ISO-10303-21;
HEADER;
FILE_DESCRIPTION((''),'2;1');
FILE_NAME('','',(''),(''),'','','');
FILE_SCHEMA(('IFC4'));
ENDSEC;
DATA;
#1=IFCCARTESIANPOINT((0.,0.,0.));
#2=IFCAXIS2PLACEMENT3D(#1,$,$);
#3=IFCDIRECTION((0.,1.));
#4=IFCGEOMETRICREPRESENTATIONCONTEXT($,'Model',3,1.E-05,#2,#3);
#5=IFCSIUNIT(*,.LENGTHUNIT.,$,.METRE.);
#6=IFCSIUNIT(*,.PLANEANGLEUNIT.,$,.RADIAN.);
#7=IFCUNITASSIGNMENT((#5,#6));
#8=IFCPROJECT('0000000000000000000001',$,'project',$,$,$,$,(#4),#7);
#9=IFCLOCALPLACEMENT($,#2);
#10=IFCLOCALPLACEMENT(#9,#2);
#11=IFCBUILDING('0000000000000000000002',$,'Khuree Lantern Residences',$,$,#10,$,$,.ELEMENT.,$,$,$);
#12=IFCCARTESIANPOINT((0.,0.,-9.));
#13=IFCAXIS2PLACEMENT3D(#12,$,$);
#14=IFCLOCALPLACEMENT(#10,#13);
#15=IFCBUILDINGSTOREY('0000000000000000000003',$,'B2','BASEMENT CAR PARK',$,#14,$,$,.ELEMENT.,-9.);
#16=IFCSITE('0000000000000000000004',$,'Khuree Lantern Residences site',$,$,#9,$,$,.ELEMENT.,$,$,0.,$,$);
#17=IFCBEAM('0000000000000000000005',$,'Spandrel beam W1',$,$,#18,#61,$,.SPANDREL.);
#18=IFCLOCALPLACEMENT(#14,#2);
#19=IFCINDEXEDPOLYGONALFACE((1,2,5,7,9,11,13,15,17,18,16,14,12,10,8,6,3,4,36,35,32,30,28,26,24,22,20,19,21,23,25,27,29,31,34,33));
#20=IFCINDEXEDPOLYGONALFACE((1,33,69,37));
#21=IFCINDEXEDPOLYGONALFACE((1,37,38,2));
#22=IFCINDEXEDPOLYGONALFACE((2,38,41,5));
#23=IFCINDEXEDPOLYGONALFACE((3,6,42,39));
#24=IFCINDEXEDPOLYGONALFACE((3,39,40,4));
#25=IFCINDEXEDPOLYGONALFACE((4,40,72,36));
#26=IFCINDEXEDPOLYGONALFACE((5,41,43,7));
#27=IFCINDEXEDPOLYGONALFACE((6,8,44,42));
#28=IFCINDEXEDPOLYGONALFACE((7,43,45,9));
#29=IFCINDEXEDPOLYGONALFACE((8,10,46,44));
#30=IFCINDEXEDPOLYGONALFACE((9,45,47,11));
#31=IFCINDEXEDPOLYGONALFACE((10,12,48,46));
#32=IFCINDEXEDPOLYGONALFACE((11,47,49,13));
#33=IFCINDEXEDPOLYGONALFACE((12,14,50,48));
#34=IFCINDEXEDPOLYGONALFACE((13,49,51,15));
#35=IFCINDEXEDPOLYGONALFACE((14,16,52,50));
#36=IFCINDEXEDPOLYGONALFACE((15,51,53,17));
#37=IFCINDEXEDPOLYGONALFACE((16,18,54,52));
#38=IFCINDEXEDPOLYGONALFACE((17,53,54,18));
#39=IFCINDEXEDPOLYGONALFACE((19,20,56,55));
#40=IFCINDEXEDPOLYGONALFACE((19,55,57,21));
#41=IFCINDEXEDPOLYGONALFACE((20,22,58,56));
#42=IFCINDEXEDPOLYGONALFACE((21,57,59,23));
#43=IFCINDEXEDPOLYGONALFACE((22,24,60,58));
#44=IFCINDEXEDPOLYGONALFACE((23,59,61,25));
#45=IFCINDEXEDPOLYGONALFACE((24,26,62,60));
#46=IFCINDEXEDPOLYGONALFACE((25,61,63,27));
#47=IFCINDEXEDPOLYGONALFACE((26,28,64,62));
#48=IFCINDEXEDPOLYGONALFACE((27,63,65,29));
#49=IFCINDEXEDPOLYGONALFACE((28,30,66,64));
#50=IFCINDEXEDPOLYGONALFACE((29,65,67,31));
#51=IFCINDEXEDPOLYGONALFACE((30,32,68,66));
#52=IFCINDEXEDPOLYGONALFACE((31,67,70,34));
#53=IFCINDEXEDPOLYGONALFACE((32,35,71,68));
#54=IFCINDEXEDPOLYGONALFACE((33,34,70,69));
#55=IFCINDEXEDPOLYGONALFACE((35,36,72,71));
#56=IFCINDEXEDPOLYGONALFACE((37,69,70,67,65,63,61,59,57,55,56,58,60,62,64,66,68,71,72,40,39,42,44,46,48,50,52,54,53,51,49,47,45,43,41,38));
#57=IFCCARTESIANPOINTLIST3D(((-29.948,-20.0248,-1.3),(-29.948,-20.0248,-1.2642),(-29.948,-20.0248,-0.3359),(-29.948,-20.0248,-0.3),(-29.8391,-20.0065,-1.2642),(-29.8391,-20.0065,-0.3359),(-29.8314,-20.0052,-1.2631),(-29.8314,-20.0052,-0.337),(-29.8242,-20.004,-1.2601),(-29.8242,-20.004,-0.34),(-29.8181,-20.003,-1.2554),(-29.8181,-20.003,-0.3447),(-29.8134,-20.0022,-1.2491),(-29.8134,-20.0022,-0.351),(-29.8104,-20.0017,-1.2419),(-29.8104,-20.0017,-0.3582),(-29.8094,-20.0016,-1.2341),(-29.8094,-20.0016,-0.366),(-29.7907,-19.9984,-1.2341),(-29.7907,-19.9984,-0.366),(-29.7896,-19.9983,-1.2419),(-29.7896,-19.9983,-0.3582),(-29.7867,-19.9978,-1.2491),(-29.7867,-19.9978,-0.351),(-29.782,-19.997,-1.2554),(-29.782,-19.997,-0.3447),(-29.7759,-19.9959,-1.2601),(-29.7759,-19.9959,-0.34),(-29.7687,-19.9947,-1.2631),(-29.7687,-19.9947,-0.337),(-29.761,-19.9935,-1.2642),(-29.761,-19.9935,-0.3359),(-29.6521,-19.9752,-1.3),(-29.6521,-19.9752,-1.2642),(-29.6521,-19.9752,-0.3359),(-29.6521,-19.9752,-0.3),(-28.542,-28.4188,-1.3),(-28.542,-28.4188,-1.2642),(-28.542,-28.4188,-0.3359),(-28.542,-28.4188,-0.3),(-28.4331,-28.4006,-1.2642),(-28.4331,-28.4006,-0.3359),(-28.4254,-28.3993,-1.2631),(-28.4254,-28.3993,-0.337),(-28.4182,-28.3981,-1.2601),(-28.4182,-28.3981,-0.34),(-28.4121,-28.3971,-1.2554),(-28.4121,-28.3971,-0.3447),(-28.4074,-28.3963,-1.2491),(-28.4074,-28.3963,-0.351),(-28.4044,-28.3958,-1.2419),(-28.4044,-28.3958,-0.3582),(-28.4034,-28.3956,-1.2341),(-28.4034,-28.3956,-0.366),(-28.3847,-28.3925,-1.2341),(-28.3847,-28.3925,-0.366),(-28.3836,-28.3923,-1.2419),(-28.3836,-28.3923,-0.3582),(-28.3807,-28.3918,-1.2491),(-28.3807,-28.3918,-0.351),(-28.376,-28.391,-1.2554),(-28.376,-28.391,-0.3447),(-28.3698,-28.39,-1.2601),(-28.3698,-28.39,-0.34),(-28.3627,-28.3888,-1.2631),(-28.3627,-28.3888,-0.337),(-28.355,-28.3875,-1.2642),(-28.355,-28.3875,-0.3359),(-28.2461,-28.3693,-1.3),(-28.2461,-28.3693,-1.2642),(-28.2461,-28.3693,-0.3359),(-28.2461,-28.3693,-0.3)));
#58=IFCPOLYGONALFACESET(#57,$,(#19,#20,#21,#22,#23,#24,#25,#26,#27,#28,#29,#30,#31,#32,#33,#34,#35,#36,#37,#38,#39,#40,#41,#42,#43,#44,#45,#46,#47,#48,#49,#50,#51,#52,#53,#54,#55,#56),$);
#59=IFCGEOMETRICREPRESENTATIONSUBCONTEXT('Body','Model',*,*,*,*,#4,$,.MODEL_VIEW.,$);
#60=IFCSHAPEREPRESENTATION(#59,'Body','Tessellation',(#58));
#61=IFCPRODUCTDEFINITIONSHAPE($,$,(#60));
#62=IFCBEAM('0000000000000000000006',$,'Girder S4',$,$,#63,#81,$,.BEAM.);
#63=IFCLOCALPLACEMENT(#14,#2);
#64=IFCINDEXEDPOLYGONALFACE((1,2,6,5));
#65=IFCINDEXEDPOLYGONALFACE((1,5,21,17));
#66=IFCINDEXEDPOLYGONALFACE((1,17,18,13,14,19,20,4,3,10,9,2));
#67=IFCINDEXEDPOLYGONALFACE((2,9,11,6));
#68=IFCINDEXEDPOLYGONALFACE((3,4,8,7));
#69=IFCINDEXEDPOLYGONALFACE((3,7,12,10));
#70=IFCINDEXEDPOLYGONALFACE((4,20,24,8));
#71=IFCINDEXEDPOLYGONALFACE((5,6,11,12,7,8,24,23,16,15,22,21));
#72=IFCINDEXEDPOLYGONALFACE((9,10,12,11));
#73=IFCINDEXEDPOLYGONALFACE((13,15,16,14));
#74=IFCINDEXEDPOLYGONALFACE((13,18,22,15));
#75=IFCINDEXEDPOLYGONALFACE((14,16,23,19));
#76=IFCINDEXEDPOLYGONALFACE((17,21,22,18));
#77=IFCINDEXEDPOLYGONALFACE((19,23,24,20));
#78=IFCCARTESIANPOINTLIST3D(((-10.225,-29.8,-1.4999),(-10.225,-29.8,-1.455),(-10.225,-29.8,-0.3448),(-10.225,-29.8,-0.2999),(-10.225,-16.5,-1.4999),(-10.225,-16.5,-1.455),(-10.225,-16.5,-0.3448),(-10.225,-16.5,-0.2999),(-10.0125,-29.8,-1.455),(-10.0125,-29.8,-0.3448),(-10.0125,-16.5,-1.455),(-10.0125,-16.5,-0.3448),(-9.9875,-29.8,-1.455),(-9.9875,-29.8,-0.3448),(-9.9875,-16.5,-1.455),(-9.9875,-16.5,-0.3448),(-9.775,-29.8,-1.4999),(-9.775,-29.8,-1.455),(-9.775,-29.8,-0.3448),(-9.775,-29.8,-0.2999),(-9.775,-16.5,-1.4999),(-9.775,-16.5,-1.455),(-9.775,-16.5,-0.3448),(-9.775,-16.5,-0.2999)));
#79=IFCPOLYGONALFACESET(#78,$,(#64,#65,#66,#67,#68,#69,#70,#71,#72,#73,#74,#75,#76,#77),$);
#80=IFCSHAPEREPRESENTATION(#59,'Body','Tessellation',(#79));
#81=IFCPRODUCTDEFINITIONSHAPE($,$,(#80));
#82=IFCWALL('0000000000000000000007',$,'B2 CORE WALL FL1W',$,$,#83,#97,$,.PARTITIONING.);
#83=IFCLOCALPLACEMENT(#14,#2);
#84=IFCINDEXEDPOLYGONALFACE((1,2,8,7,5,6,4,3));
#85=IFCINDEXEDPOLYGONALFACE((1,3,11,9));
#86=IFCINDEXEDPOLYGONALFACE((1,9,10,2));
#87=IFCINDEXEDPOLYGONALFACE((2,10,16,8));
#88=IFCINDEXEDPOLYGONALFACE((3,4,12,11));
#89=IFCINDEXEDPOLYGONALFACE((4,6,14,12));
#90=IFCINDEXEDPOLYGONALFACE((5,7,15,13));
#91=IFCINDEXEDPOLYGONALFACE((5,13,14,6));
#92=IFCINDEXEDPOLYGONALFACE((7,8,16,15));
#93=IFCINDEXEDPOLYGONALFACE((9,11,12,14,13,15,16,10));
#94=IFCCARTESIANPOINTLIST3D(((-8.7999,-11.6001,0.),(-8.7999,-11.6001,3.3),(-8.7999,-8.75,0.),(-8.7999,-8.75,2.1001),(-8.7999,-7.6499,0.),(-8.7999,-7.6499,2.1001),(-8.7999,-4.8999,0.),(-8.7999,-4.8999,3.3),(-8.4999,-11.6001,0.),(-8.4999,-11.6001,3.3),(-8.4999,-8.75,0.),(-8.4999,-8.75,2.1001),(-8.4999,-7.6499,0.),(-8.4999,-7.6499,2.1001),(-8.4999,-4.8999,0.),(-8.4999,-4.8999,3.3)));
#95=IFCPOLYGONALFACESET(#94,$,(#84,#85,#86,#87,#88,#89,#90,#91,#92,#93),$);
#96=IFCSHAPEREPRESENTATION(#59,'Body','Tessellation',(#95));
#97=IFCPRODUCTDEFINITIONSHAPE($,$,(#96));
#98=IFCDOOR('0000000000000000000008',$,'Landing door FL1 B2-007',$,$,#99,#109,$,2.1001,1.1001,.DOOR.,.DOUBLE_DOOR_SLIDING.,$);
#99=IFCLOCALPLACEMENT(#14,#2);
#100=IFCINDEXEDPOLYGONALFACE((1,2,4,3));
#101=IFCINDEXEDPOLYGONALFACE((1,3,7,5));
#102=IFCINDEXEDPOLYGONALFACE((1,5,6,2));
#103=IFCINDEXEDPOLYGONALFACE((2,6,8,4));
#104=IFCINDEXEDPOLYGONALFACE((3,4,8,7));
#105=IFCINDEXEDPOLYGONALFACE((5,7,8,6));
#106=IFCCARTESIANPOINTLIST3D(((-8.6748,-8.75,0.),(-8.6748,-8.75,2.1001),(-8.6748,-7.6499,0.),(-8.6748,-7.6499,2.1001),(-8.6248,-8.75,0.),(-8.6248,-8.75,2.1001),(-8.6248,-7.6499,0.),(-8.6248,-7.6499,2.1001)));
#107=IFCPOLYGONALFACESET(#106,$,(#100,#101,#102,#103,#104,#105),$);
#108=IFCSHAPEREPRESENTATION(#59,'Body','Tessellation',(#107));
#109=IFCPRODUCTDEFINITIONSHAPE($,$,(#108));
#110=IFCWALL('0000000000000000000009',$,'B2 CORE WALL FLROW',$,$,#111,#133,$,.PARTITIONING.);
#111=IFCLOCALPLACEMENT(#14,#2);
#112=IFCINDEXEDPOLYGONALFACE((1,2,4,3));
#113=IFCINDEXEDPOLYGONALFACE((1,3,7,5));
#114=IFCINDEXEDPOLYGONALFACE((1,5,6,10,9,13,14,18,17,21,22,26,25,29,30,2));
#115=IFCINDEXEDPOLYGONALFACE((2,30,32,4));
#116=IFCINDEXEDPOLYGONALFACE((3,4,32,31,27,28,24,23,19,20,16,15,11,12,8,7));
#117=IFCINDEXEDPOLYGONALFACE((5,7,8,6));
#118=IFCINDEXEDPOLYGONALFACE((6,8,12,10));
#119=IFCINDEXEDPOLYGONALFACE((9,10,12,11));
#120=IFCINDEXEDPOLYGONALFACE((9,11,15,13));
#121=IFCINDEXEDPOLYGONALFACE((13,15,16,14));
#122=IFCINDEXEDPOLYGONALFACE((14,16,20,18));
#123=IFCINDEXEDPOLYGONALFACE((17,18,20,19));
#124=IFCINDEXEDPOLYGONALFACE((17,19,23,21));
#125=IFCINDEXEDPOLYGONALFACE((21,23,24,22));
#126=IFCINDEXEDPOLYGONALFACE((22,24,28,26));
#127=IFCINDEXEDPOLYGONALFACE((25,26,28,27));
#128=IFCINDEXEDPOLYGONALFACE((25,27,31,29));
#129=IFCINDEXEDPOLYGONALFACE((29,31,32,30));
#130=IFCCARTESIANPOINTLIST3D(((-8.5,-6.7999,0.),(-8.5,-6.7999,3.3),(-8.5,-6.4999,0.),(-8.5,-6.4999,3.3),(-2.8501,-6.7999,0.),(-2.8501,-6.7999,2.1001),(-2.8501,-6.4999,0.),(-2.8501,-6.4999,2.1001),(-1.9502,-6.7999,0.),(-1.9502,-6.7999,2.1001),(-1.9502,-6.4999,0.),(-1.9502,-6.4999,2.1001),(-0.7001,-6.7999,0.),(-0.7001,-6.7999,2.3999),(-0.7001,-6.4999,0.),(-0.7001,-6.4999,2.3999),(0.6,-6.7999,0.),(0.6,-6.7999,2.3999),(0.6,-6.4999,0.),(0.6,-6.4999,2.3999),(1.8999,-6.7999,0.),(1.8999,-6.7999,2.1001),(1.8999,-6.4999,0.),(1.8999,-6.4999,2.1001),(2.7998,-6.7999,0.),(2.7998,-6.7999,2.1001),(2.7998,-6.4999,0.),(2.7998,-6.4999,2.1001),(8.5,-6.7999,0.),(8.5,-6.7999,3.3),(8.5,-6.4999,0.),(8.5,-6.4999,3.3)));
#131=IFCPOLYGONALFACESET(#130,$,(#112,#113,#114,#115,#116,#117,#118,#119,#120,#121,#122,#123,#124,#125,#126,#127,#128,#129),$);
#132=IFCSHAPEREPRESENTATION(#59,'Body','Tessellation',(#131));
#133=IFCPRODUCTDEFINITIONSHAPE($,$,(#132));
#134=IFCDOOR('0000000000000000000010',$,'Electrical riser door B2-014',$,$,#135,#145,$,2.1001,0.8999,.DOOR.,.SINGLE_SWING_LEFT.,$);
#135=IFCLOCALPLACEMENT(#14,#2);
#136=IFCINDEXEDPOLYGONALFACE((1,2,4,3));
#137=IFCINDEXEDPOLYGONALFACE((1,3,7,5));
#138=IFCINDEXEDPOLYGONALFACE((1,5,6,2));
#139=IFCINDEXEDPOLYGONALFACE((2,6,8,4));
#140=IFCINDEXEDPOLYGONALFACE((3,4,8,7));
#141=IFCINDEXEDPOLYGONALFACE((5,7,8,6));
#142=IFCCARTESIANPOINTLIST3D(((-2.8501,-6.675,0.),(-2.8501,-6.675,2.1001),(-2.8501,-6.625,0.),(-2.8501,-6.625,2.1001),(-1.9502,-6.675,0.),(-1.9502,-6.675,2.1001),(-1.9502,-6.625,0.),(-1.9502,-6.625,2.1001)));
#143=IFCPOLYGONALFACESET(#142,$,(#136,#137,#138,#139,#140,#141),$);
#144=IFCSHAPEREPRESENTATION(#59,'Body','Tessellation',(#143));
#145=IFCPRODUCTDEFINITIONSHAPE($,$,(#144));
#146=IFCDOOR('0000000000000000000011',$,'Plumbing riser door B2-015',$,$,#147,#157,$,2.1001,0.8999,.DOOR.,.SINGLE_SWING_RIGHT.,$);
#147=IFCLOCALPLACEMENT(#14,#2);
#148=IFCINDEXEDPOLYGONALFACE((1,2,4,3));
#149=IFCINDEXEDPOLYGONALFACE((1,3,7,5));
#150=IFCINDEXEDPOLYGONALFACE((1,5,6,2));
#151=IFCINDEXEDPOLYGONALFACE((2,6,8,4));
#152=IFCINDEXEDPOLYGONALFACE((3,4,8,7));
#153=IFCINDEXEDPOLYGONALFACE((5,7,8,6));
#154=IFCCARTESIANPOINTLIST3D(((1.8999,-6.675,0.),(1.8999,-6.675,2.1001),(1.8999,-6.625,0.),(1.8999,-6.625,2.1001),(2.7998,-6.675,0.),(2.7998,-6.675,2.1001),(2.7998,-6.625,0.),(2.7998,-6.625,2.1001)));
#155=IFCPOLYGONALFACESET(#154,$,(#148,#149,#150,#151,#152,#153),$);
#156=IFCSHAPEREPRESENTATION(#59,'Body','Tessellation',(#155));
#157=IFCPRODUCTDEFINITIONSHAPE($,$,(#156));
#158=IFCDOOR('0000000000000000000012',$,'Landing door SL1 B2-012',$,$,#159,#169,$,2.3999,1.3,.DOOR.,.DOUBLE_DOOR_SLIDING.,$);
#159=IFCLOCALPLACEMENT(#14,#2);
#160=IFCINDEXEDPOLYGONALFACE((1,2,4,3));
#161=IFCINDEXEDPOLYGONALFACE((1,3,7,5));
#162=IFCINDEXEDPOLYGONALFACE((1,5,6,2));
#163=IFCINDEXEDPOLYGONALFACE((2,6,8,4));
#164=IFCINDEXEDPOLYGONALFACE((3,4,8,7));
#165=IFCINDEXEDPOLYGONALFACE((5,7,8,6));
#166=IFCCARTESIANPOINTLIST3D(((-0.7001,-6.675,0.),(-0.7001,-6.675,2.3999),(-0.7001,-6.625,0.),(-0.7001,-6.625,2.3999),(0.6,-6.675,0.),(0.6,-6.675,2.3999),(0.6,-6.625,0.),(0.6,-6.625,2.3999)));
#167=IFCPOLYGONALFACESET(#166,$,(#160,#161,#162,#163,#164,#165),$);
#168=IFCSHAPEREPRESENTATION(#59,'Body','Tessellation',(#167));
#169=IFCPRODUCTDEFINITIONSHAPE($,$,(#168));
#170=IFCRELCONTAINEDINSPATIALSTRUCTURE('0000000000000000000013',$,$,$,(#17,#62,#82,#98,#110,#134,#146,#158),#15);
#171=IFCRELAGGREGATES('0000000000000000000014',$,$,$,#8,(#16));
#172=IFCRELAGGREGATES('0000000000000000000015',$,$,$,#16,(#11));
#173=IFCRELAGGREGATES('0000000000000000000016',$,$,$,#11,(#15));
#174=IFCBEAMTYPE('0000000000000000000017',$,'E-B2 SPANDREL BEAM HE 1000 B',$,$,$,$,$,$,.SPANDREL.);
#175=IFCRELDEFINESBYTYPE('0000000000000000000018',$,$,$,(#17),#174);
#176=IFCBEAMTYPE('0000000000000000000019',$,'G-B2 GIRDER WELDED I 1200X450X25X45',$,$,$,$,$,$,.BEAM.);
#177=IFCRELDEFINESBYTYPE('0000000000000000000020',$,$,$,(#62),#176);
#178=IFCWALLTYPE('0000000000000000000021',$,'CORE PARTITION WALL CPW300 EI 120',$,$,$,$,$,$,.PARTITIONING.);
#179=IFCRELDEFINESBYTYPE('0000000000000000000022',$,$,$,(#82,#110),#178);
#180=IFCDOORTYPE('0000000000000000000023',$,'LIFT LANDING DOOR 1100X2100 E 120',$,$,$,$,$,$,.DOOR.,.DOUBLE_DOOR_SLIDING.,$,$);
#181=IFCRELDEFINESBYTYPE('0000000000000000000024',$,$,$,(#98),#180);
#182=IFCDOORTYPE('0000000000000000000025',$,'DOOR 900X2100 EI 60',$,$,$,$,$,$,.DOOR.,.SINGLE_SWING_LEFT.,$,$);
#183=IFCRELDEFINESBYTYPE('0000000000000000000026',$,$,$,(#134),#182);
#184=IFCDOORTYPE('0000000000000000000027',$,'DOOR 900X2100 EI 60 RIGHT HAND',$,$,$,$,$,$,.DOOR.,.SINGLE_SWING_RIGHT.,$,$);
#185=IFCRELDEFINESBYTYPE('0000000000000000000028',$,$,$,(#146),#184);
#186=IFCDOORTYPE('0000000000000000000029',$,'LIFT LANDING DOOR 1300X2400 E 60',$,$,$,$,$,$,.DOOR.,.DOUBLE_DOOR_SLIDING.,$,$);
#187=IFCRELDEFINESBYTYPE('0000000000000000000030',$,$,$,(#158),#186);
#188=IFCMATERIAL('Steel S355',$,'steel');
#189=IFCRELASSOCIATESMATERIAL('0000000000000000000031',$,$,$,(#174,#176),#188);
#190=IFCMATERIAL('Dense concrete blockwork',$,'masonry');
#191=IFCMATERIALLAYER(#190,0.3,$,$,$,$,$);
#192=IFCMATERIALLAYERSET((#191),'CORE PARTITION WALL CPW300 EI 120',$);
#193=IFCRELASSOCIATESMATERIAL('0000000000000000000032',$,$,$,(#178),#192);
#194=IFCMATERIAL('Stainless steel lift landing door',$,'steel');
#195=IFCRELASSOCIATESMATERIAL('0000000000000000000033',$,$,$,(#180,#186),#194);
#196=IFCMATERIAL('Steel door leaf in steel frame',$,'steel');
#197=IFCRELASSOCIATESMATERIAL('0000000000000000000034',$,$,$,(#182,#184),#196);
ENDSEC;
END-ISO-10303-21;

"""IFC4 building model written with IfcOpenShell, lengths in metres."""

from ifc_helpers import new_model, si_unit, direction, frame, frame_2d, origin, origin_2d, place, context, subcontext, project, spatial, rectangle, i_section, extrude, material, layer, layer_set, material_profile, profile_set, type_object, element, fill, save


model = new_model("IFC4")

# Units and contexts
model_context = context("Model", 3, precision=1e-05, world=origin(), true_north=direction((0.0, 1.0)))
body_context = subcontext(model_context, "Body", "Model", "MODEL_VIEW")
ifc_project = project(units=[si_unit("LENGTHUNIT", "METRE"), si_unit("PLANEANGLEUNIT", "RADIAN")], contexts=[model_context])

# Site, building, storey
site_placement = place(None, origin())
site = spatial("IfcSite", under=ifc_project, at=site_placement, Name="Khuree Lantern Residences site", CompositionType="ELEMENT", RefElevation=0.0)
building_placement = place(site_placement, origin())
building = spatial("IfcBuilding", under=site, at=building_placement, Name="Khuree Lantern Residences", CompositionType="ELEMENT")
storey_placement = place(building_placement, frame((0.0, 0.0, -9.0)))
storey = spatial("IfcBuildingStorey", under=building, at=storey_placement, Name="B2", Description="BASEMENT CAR PARK", CompositionType="ELEMENT", Elevation=-9.0)

# Beams
ifc_material_1 = material(Name="Steel S355", Category="steel")
ifc_material_profile_1 = material_profile(ifc_material_1, i_section(OverallWidth=0.3, OverallDepth=1.0, WebThickness=0.019, FlangeThickness=0.0359, FilletRadius=0.03, at=origin_2d()), Name="HE 1000 B")
ifc_profile_set_1 = profile_set([ifc_material_profile_1], Name="Steel S355")
beam_type_1 = type_object("IfcBeamType", Name="E-B2 SPANDREL BEAM HE 1000 B", PredefinedType="SPANDREL", material=ifc_profile_set_1)
beam_1_placement = place(storey_placement, frame((-28.394, -28.394, -0.8), z_axis=(-0.165199, 0.98626, 0.0), x_axis=(-0.98626, -0.165199, 0.0)))
element("IfcBeam", 1, at=beam_1_placement, inside=storey, type_object=beam_type_1, Name="Spandrel beam W1", PredefinedType="SPANDREL", context=body_context, shape_type="SweptSolid", body=[
    extrude(i_section(OverallWidth=0.3, OverallDepth=1.0, WebThickness=0.019, FlangeThickness=0.0359, FilletRadius=0.03, at=origin_2d()), origin(), (0.0, 0.0, 1.0), 8.511),
])
ifc_material_profile_2 = material_profile(ifc_material_1, i_section(OverallWidth=0.45, OverallDepth=1.2, WebThickness=0.0249, FlangeThickness=0.0449, at=origin_2d()), Name="WELDED I 1200X450X25X45")
ifc_profile_set_2 = profile_set([ifc_material_profile_2], Name="Steel S355")
beam_type_2 = type_object("IfcBeamType", Name="G-B2 GIRDER WELDED I 1200X450X25X45", PredefinedType="BEAM", material=ifc_profile_set_2)
beam_2_placement = place(storey_placement, frame((-10.0, -29.8, -0.8999), z_axis=(0.0, 1.0, 0.0), x_axis=(-1.0, 0.0, 0.0)))
element("IfcBeam", 2, at=beam_2_placement, inside=storey, type_object=beam_type_2, Name="Girder S4", PredefinedType="BEAM", context=body_context, shape_type="SweptSolid", body=[
    extrude(i_section(OverallWidth=0.45, OverallDepth=1.2, WebThickness=0.0249, FlangeThickness=0.0449, at=origin_2d()), origin(), (0.0, 0.0, 1.0), 13.3),
])

# Wall, opening, door
ifc_material_2 = material(Name="Dense concrete blockwork", Category="masonry")
ifc_layer_1 = layer(ifc_material_2, 0.3)
ifc_layer_set_1 = layer_set([ifc_layer_1], Name="CORE PARTITION WALL CPW300 EI 120")
wall_type_1 = type_object("IfcWallType", Name="CORE PARTITION WALL CPW300 EI 120", PredefinedType="PARTITIONING", material=ifc_layer_set_1)
wall_1_placement = place(storey_placement, frame((-8.6499, -11.6001, 0.0), z_axis=(0.0, 0.0, 1.0), x_axis=(0.0, 1.0, 0.0)))
wall_1 = element("IfcWall", 3, at=wall_1_placement, inside=storey, type_object=wall_type_1, Name="B2 CORE WALL FL1W", PredefinedType="PARTITIONING", context=body_context, shape_type="SweptSolid", body=[
    extrude(rectangle(XDim=6.7002, YDim=0.3, at=frame_2d((3.3501, 0.0))), origin(), (0.0, 0.0, 1.0), 3.3),
])
opening_1_placement = place(wall_1_placement, frame((2.8501, 0.0, 0.0)))
opening_1 = element("IfcOpeningElement", 4, at=opening_1_placement, cuts=wall_1, PredefinedType="OPENING", context=body_context, shape_type="SweptSolid", body=[
    extrude(rectangle(XDim=1.1001, YDim=2.1001, at=frame_2d((0.55, 1.05))), frame((0.0, 0.1602, 0.0), z_axis=(0.0, -1.0, 0.0), x_axis=(1.0, 0.0, 0.0)), (0.0, 0.0, 1.0), 0.3201),
])
ifc_material_3 = material(Name="Stainless steel lift landing door", Category="steel")
door_type_1 = type_object("IfcDoorType", Name="LIFT LANDING DOOR 1100X2100 E 120", OperationType="DOUBLE_DOOR_SLIDING", PredefinedType="DOOR", material=ifc_material_3)
door_1_placement = place(opening_1_placement, origin())
door_1 = element("IfcDoor", 5, at=door_1_placement, inside=storey, type_object=door_type_1, Name="Landing door FL1 B2-007", OperationType="DOUBLE_DOOR_SLIDING", OverallHeight=2.1001, OverallWidth=1.1001, PredefinedType="DOOR", context=body_context, shape_type="SweptSolid", body=[
    extrude(rectangle(XDim=1.1001, YDim=2.1001, at=frame_2d((0.55, 1.05))), frame((0.0, 0.0249, 0.0), z_axis=(0.0, -1.0, 0.0), x_axis=(1.0, 0.0, 0.0)), (0.0, 0.0, 1.0), 0.05),
])
fill(opening_1, door_1)

# Wall, openings, doors
wall_2_placement = place(storey_placement, frame((-8.5, -6.6499, 0.0), z_axis=(0.0, 0.0, 1.0), x_axis=(1.0, 0.0, 0.0)))
wall_2 = element("IfcWall", 6, at=wall_2_placement, inside=storey, type_object=wall_type_1, Name="B2 CORE WALL FLROW", PredefinedType="PARTITIONING", context=body_context, shape_type="SweptSolid", body=[
    extrude(rectangle(XDim=17.0, YDim=0.3, at=frame_2d((8.5, 0.0))), origin(), (0.0, 0.0, 1.0), 3.3),
])
opening_2_placement = place(wall_2_placement, frame((7.8, 0.0, 0.0)))
opening_2 = element("IfcOpeningElement", 7, at=opening_2_placement, cuts=wall_2, PredefinedType="OPENING", context=body_context, shape_type="SweptSolid", body=[
    extrude(rectangle(XDim=1.3, YDim=2.3999, at=frame_2d((0.6499, 1.2))), frame((0.0, 0.1602, 0.0), z_axis=(0.0, -1.0, 0.0), x_axis=(1.0, 0.0, 0.0)), (0.0, 0.0, 1.0), 0.3201),
])
opening_3_placement = place(wall_2_placement, frame((5.6499, 0.0, 0.0)))
opening_3 = element("IfcOpeningElement", 8, at=opening_3_placement, cuts=wall_2, PredefinedType="OPENING", context=body_context, shape_type="SweptSolid", body=[
    extrude(rectangle(XDim=0.8999, YDim=2.1001, at=frame_2d((0.45, 1.05))), frame((0.0, 0.1602, 0.0), z_axis=(0.0, -1.0, 0.0), x_axis=(1.0, 0.0, 0.0)), (0.0, 0.0, 1.0), 0.3201),
])
opening_4_placement = place(wall_2_placement, frame((10.3999, 0.0, 0.0)))
opening_4 = element("IfcOpeningElement", 9, at=opening_4_placement, cuts=wall_2, PredefinedType="OPENING", context=body_context, shape_type="SweptSolid", body=[
    extrude(rectangle(XDim=0.8999, YDim=2.1001, at=frame_2d((0.45, 1.05))), frame((0.0, 0.1602, 0.0), z_axis=(0.0, -1.0, 0.0), x_axis=(1.0, 0.0, 0.0)), (0.0, 0.0, 1.0), 0.3201),
])
ifc_material_4 = material(Name="Steel door leaf in steel frame", Category="steel")
door_type_2 = type_object("IfcDoorType", Name="DOOR 900X2100 EI 60", OperationType="SINGLE_SWING_LEFT", PredefinedType="DOOR", material=ifc_material_4)
door_2_placement = place(opening_3_placement, origin())
door_2 = element("IfcDoor", 10, at=door_2_placement, inside=storey, type_object=door_type_2, Name="Electrical riser door B2-014", OperationType="SINGLE_SWING_LEFT", OverallHeight=2.1001, OverallWidth=0.8999, PredefinedType="DOOR", context=body_context, shape_type="SweptSolid", body=[
    extrude(rectangle(XDim=0.8999, YDim=2.1001, at=frame_2d((0.45, 1.05))), frame((0.0, 0.0249, 0.0), z_axis=(0.0, -1.0, 0.0), x_axis=(1.0, 0.0, 0.0)), (0.0, 0.0, 1.0), 0.05),
])
fill(opening_3, door_2)
door_type_3 = type_object("IfcDoorType", Name="DOOR 900X2100 EI 60 RIGHT HAND", OperationType="SINGLE_SWING_RIGHT", PredefinedType="DOOR", material=ifc_material_4)
door_3_placement = place(opening_4_placement, origin())
door_3 = element("IfcDoor", 11, at=door_3_placement, inside=storey, type_object=door_type_3, Name="Plumbing riser door B2-015", OperationType="SINGLE_SWING_RIGHT", OverallHeight=2.1001, OverallWidth=0.8999, PredefinedType="DOOR", context=body_context, shape_type="SweptSolid", body=[
    extrude(rectangle(XDim=0.8999, YDim=2.1001, at=frame_2d((0.45, 1.05))), frame((0.0, 0.0249, 0.0), z_axis=(0.0, -1.0, 0.0), x_axis=(1.0, 0.0, 0.0)), (0.0, 0.0, 1.0), 0.05),
])
fill(opening_4, door_3)
door_type_4 = type_object("IfcDoorType", Name="LIFT LANDING DOOR 1300X2400 E 60", OperationType="DOUBLE_DOOR_SLIDING", PredefinedType="DOOR", material=ifc_material_3)
door_4_placement = place(opening_2_placement, origin())
door_4 = element("IfcDoor", 12, at=door_4_placement, inside=storey, type_object=door_type_4, Name="Landing door SL1 B2-012", OperationType="DOUBLE_DOOR_SLIDING", OverallHeight=2.3999, OverallWidth=1.3, PredefinedType="DOOR", context=body_context, shape_type="SweptSolid", body=[
    extrude(rectangle(XDim=1.3, YDim=2.3999, at=frame_2d((0.6499, 1.2))), frame((0.0, 0.0249, 0.0), z_axis=(0.0, -1.0, 0.0), x_axis=(1.0, 0.0, 0.0)), (0.0, 0.0, 1.0), 0.05),
])
fill(opening_2, door_4)

save(model, "model.ifc")
